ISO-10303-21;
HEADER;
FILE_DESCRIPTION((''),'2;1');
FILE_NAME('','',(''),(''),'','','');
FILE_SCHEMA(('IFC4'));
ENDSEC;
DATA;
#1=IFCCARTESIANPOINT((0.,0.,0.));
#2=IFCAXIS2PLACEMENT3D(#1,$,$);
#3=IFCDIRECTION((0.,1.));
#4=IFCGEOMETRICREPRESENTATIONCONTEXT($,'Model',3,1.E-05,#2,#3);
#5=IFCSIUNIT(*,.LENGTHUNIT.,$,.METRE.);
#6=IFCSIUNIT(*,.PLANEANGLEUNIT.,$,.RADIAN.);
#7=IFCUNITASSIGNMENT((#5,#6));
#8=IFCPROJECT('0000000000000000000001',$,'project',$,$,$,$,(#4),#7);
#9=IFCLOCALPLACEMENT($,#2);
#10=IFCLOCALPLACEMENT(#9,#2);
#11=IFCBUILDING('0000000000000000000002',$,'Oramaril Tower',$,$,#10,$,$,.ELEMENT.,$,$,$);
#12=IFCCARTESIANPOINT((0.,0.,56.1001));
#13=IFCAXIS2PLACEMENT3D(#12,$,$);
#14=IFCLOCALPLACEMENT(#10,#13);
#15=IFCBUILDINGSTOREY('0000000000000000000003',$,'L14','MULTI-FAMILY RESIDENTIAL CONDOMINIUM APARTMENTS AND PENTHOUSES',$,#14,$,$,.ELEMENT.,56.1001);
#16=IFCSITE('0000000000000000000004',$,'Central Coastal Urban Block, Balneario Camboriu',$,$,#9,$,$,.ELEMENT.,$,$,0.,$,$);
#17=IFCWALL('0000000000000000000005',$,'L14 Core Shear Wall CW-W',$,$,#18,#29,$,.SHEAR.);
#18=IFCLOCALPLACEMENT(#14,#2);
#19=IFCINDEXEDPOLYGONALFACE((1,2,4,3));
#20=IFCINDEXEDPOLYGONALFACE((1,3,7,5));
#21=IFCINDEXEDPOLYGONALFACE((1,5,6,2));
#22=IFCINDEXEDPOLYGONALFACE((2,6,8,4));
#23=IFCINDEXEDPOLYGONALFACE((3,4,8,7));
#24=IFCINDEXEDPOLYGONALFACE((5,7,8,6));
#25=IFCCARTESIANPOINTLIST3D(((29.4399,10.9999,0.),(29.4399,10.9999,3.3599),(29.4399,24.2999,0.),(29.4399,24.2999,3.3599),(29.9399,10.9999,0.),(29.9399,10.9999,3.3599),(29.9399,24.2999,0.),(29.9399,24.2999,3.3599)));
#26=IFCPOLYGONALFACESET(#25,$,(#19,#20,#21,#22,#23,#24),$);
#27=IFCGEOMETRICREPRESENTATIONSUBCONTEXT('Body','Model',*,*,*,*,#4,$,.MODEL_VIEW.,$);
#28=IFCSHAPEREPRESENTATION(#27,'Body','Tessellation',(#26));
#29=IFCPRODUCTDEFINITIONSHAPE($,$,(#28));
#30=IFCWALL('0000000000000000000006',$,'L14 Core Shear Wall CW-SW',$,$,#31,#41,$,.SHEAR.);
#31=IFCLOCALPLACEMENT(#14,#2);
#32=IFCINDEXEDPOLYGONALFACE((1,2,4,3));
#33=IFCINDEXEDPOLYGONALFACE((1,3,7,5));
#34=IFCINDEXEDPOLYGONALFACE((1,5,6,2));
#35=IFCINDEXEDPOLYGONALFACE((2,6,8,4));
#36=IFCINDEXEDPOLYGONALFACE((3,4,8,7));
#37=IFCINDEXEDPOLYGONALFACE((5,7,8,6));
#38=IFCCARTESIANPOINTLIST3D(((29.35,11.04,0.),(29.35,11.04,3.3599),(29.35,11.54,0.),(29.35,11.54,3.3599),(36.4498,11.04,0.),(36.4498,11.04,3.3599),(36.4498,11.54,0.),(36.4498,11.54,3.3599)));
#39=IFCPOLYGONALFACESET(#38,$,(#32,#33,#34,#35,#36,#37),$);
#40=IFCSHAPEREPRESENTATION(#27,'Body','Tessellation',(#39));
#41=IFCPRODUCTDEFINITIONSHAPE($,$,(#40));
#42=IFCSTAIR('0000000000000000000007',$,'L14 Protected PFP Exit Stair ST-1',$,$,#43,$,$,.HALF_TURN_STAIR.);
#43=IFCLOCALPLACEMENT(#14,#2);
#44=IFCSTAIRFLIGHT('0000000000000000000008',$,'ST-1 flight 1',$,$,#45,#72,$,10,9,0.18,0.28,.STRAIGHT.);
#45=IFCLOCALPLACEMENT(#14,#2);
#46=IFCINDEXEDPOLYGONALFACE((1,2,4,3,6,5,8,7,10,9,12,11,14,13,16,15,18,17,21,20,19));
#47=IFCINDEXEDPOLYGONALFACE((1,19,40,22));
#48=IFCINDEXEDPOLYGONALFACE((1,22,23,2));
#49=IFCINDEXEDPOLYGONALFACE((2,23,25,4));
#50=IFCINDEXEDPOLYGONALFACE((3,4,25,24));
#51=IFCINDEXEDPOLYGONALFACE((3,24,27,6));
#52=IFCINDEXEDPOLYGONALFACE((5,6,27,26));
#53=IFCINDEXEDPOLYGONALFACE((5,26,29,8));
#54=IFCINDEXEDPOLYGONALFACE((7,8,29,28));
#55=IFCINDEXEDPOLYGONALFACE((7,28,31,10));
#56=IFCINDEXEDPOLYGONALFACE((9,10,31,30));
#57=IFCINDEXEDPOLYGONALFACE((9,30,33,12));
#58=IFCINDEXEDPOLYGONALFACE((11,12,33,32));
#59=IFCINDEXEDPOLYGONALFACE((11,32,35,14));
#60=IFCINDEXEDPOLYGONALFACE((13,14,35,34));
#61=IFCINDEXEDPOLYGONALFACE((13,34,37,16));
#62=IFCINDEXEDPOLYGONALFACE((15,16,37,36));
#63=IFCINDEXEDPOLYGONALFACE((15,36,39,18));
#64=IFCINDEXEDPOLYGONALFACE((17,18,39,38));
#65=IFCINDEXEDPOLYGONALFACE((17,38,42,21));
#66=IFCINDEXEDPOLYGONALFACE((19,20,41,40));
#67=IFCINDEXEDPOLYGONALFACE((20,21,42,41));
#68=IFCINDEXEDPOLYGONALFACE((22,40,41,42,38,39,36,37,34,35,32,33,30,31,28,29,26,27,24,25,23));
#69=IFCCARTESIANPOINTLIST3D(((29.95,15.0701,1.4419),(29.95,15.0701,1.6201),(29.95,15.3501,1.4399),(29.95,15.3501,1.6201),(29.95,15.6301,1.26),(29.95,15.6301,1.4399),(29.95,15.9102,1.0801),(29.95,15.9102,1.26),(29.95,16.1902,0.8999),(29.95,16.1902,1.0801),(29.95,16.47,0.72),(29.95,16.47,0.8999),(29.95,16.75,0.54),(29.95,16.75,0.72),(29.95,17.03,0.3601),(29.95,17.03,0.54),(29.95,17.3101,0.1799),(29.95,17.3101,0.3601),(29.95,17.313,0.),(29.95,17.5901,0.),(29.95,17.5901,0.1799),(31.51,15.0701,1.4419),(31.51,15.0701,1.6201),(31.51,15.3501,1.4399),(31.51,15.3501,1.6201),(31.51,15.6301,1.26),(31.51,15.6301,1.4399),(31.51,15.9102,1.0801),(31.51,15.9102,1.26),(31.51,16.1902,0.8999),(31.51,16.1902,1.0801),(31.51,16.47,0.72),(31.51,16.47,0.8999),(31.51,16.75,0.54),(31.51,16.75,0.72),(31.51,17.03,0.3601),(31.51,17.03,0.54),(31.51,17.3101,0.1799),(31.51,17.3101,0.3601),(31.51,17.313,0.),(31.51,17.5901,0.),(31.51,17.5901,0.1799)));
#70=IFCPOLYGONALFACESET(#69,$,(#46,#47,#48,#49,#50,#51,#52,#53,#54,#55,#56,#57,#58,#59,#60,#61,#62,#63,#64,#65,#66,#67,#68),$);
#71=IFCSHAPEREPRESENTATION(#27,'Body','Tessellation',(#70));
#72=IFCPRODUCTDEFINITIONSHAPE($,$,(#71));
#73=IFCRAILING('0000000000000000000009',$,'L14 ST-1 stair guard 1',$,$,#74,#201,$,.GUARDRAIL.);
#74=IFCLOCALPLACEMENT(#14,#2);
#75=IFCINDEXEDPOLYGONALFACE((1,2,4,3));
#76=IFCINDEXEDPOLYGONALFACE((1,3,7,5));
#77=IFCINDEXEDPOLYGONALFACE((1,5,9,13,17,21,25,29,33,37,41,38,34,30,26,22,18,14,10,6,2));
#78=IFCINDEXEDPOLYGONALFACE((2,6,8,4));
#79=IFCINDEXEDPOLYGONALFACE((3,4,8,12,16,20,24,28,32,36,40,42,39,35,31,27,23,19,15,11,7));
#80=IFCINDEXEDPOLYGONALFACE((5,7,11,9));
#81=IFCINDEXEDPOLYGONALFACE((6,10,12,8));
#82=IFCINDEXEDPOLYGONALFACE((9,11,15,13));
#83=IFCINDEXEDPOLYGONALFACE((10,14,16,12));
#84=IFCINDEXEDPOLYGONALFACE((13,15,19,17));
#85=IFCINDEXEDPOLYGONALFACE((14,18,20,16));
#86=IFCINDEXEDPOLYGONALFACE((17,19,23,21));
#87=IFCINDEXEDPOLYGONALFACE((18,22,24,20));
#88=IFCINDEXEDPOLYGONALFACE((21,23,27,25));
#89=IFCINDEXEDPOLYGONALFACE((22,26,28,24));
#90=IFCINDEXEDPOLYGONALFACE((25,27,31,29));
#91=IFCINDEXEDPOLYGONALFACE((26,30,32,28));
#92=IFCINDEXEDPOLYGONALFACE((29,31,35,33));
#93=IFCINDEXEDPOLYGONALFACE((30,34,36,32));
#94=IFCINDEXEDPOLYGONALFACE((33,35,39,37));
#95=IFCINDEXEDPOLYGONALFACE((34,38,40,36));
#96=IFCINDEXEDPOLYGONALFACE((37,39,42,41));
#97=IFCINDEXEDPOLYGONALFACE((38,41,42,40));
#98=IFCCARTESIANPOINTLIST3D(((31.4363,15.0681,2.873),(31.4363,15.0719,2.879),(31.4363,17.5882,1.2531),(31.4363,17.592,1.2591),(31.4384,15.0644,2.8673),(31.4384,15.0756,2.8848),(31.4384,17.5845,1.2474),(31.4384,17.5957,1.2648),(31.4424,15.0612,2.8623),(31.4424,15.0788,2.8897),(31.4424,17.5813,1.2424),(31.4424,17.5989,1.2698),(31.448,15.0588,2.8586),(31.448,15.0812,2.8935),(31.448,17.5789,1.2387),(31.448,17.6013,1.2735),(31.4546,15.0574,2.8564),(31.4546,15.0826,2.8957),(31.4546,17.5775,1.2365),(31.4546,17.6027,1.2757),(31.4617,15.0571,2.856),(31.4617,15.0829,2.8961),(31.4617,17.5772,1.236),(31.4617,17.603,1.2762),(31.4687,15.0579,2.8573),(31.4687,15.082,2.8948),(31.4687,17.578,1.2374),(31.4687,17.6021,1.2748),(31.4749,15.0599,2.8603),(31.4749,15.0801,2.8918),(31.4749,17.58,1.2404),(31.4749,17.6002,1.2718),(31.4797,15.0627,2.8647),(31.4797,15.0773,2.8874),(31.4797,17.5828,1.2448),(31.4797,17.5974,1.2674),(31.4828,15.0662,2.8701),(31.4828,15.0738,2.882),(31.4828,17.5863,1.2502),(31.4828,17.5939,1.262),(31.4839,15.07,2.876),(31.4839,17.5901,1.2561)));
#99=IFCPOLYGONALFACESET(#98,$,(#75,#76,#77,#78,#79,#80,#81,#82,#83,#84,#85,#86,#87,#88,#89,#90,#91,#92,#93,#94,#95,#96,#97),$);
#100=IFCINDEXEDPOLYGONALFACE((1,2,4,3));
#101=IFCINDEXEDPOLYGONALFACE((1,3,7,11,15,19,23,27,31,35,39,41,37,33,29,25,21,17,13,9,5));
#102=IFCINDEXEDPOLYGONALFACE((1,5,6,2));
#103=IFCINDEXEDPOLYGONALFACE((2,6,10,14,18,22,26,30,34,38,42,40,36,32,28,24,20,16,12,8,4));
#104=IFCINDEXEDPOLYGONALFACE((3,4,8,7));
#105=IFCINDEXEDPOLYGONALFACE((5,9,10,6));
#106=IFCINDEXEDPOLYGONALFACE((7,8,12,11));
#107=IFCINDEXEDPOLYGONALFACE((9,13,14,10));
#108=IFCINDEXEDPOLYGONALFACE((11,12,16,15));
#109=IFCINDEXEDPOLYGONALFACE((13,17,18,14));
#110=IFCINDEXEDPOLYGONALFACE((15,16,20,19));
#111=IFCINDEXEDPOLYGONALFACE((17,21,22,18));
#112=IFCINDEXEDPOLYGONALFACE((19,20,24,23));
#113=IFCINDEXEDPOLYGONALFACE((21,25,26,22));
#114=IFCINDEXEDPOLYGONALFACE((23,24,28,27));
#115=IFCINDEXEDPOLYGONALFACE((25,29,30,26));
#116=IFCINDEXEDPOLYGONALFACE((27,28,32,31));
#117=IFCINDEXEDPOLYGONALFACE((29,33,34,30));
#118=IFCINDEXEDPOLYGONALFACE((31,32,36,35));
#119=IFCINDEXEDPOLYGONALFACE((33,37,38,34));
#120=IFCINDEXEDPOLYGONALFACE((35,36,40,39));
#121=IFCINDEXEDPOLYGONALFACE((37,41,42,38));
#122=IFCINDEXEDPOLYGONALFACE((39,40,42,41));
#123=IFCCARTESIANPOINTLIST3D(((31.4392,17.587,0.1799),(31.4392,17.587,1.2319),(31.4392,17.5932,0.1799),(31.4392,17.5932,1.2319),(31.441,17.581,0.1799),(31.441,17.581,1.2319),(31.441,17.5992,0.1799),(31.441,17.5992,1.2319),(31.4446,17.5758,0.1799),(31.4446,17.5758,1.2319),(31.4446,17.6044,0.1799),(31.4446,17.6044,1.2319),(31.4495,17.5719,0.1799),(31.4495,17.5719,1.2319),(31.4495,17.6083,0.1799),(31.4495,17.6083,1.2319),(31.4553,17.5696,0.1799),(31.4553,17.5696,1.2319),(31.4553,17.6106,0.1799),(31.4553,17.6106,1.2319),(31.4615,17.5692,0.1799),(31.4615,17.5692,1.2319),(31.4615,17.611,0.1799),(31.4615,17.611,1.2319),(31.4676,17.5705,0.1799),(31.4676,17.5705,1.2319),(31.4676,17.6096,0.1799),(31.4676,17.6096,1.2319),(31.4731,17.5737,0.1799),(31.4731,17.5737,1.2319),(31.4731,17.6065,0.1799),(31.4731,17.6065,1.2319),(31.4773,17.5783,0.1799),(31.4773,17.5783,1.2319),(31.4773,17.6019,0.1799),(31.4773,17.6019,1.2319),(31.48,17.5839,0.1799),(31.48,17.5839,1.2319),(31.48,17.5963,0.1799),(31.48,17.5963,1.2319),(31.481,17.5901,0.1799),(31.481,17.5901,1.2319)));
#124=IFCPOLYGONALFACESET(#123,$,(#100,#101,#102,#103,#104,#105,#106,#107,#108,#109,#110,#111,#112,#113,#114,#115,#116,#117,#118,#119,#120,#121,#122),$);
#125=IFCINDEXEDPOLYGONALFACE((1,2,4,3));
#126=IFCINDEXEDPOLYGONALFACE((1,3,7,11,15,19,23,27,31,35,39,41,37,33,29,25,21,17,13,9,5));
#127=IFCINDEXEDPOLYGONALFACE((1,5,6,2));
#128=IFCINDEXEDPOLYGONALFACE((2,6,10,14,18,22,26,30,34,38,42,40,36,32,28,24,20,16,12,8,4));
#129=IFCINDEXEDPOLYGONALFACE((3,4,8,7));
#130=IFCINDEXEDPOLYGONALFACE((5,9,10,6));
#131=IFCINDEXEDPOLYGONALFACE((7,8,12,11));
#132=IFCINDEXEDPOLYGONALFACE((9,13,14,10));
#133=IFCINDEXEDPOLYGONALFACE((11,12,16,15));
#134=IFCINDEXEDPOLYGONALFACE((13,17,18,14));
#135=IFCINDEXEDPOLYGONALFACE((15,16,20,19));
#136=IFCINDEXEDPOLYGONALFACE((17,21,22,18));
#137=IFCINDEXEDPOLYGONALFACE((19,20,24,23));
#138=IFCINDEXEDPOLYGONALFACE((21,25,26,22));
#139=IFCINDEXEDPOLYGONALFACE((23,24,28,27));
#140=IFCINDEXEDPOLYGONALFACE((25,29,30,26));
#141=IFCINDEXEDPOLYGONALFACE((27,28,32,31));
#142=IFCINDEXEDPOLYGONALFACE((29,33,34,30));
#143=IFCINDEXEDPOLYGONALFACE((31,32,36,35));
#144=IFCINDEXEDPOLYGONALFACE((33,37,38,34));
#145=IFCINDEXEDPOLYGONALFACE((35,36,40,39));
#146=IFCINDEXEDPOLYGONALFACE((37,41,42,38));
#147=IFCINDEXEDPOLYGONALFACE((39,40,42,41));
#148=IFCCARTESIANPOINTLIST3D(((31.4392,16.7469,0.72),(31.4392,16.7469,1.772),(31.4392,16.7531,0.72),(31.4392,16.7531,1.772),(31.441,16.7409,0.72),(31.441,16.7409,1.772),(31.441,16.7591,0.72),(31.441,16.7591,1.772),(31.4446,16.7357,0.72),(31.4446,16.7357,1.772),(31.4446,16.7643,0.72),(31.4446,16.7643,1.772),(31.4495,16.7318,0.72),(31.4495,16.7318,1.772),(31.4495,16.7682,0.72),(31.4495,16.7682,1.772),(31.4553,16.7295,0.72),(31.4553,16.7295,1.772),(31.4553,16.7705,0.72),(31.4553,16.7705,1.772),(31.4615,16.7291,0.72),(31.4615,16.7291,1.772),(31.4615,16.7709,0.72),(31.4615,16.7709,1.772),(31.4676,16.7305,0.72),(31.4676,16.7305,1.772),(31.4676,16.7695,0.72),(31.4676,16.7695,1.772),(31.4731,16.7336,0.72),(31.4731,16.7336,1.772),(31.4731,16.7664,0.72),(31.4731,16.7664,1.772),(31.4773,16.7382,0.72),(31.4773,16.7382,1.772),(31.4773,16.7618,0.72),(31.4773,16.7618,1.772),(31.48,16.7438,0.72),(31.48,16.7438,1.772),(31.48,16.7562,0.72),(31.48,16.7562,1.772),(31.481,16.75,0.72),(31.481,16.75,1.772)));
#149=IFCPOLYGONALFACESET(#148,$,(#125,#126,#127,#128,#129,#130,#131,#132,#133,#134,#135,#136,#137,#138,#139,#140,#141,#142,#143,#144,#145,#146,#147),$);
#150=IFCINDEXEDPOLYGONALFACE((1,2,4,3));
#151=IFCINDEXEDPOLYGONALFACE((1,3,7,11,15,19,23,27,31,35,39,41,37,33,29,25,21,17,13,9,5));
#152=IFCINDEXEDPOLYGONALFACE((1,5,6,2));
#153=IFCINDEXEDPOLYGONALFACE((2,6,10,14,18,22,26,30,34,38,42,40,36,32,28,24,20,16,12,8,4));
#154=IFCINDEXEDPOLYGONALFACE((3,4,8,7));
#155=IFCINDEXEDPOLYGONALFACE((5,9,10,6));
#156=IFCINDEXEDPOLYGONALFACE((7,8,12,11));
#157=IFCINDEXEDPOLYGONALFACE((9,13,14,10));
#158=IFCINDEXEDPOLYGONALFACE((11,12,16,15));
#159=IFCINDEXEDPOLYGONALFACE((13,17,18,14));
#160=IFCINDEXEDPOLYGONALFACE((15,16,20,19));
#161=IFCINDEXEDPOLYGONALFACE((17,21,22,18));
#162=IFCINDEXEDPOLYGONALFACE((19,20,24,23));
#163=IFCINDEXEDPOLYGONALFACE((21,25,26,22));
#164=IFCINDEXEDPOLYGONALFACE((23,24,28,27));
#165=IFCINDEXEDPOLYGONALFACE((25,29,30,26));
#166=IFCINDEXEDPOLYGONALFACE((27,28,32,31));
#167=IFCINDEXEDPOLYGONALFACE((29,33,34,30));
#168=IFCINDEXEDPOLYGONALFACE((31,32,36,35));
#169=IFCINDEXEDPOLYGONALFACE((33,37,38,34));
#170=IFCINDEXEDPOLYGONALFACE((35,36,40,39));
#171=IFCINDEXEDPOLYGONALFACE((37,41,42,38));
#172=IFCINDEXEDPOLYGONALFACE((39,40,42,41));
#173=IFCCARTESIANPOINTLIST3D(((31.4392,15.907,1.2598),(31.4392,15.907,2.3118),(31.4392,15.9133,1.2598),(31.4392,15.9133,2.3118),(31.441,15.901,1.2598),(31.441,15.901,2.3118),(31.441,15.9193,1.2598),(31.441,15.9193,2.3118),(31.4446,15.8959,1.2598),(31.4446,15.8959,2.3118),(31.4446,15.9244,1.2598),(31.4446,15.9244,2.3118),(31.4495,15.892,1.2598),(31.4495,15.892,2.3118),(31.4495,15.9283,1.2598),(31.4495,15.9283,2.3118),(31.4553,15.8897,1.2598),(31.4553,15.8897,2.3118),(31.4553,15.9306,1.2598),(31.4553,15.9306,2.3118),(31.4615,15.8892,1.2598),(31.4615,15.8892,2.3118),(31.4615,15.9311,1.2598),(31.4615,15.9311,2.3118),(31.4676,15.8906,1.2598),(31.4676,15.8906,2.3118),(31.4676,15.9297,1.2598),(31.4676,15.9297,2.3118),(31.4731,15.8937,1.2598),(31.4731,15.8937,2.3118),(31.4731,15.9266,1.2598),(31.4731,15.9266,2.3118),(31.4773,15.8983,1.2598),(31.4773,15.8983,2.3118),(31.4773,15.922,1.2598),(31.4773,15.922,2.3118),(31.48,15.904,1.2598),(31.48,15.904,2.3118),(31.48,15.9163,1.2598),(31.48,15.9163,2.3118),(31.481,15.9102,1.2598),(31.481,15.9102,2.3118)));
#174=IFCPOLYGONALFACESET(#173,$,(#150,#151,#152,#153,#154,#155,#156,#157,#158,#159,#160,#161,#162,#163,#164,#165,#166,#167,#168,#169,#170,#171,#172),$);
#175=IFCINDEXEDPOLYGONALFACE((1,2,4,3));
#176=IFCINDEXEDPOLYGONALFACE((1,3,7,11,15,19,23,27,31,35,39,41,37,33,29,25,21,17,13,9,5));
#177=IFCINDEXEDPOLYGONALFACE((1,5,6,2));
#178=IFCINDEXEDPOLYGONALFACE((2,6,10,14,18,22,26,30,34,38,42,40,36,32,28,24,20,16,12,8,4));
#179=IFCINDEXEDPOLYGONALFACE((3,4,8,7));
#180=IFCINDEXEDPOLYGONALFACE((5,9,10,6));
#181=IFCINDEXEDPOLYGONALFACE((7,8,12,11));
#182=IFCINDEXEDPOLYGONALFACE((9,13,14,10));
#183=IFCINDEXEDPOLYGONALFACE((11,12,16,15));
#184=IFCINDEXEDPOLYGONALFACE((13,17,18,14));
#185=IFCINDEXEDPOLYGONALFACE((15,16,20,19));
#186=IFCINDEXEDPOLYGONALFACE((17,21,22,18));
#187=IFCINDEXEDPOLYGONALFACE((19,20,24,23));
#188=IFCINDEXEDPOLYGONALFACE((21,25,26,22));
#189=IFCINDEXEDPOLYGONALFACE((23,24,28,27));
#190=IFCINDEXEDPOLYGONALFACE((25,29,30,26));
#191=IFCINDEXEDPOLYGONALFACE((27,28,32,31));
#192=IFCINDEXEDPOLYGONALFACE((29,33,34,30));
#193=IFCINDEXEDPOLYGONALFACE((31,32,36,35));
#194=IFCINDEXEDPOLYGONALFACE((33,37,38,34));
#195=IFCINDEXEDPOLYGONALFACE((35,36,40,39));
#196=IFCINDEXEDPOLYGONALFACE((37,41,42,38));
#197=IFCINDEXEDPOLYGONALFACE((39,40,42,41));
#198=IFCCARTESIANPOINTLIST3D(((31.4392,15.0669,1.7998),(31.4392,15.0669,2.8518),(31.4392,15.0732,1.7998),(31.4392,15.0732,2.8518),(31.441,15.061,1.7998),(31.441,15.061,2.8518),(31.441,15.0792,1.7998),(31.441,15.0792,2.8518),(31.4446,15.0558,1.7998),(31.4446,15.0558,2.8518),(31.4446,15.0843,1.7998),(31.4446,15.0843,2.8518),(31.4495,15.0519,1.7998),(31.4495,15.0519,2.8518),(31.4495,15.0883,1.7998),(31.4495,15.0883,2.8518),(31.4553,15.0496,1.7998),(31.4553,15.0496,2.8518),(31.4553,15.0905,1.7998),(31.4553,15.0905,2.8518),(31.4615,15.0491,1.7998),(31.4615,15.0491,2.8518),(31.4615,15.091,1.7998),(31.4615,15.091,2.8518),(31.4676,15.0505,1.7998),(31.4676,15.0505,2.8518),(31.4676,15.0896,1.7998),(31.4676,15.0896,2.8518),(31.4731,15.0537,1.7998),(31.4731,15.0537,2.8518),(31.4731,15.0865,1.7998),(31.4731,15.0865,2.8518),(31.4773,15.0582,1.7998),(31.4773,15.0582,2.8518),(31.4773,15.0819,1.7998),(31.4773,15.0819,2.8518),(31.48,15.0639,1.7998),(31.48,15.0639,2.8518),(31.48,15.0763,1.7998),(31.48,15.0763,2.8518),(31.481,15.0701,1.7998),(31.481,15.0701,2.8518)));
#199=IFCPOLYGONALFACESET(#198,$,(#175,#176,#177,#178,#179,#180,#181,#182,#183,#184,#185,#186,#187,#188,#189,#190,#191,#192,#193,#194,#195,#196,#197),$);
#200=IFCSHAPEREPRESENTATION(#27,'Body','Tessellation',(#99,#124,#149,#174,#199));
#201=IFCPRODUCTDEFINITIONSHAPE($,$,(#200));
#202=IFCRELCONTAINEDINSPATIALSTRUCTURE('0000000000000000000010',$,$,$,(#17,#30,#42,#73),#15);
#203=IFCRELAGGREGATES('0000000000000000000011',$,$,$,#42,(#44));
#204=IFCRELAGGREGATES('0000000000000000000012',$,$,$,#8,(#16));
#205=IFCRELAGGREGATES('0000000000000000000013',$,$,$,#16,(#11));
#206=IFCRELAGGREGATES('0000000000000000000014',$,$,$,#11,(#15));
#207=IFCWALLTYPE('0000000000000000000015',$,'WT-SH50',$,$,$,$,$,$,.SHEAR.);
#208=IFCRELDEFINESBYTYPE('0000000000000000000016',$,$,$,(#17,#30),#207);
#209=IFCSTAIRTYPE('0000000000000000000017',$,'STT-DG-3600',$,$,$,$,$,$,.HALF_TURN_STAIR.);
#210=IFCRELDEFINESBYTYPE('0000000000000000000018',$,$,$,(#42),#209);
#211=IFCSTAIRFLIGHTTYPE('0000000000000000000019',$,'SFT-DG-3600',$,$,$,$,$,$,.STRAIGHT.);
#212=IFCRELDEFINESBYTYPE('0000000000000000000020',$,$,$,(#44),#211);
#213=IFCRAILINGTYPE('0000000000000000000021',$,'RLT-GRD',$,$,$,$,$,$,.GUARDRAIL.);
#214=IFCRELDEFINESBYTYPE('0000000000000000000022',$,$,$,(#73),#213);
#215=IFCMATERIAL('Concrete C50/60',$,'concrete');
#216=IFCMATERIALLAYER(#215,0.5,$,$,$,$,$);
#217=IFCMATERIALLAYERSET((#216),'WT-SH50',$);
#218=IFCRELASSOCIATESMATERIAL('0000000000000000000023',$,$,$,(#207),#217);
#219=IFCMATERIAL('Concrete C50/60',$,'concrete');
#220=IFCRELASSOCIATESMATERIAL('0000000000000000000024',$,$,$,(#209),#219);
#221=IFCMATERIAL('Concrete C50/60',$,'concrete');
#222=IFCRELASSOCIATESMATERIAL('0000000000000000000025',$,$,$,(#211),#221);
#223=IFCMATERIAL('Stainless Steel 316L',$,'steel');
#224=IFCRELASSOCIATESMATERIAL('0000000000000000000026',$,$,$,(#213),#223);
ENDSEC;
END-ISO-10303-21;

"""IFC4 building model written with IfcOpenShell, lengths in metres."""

from ifc_helpers import new_model, si_unit, direction, frame, frame_2d, origin, origin_2d, place, context, subcontext, project, spatial, polyline, rectangle, circle, outline, extrude, material, layer, layer_set, type_object, element, aggregate, save


model = new_model("IFC4")

# Units and contexts
model_context = context("Model", 3, precision=1e-05, world=origin(), true_north=direction((0.0, 1.0)))
body_context = subcontext(model_context, "Body", "Model", "MODEL_VIEW")
ifc_project = project(units=[si_unit("LENGTHUNIT", "METRE"), si_unit("PLANEANGLEUNIT", "RADIAN")], contexts=[model_context])

# Site, building, storey
site_placement = place(None, origin())
site = spatial("IfcSite", under=ifc_project, at=site_placement, Name="Central Coastal Urban Block, Balneario Camboriu", CompositionType="ELEMENT", RefElevation=0.0)
building_placement = place(site_placement, origin())
building = spatial("IfcBuilding", under=site, at=building_placement, Name="Oramaril Tower", CompositionType="ELEMENT")
storey_placement = place(building_placement, frame((0.0, 0.0, 56.1001)))
storey = spatial("IfcBuildingStorey", under=building, at=storey_placement, Name="L14", Description="MULTI-FAMILY RESIDENTIAL CONDOMINIUM APARTMENTS AND PENTHOUSES", CompositionType="ELEMENT", Elevation=56.1001)

# Walls
ifc_material_1 = material(Name="Concrete C50/60", Category="concrete")
ifc_layer_1 = layer(ifc_material_1, 0.5)
ifc_layer_set_1 = layer_set([ifc_layer_1], Name="WT-SH50")
wall_type_1 = type_object("IfcWallType", Name="WT-SH50", PredefinedType="SHEAR", material=ifc_layer_set_1)
wall_1_placement = place(storey_placement, frame((29.6899, 11.0, 0.0), z_axis=(0.0, 0.0, 1.0), x_axis=(0.0, 1.0, 0.0)))
element("IfcWall", 1, at=wall_1_placement, inside=storey, type_object=wall_type_1, Name="L14 Core Shear Wall CW-W", PredefinedType="SHEAR", context=body_context, shape_type="SweptSolid", body=[
    extrude(rectangle(XDim=13.3, YDim=0.5, at=frame_2d((6.6499, 0.0))), origin(), (0.0, 0.0, 1.0), 3.3599),
])
wall_2_placement = place(storey_placement, frame((29.3501, 11.29, 0.0), z_axis=(0.0, 0.0, 1.0), x_axis=(1.0, 0.0, 0.0)))
element("IfcWall", 2, at=wall_2_placement, inside=storey, type_object=wall_type_1, Name="L14 Core Shear Wall CW-SW", PredefinedType="SHEAR", context=body_context, shape_type="SweptSolid", body=[
    extrude(rectangle(XDim=7.0999, YDim=0.5, at=frame_2d((3.5498, 0.0))), origin(), (0.0, 0.0, 1.0), 3.3599),
])

# Stair, stair flight
ifc_material_2 = material(Name="Concrete C50/60", Category="concrete")
stair_type = type_object("IfcStairType", Name="STT-DG-3600", PredefinedType="HALF_TURN_STAIR", material=ifc_material_2)
stair_placement = place(storey_placement, origin())
stair = element("IfcStair", 3, at=stair_placement, inside=storey, type_object=stair_type, Name="L14 Protected PFP Exit Stair ST-1", PredefinedType="HALF_TURN_STAIR")
ifc_material_3 = material(Name="Concrete C50/60", Category="concrete")
stair_flight_type = type_object("IfcStairFlightType", Name="SFT-DG-3600", PredefinedType="STRAIGHT", material=ifc_material_3)
stair_flight_placement = place(storey_placement, frame((30.73, 17.5901, 0.0), z_axis=(0.0, 0.0, 1.0), x_axis=(0.0, -1.0, 0.0)))
stair_flight = element("IfcStairFlight", 4, at=stair_flight_placement, type_object=stair_flight_type, Name="ST-1 flight 1", NumberOfRisers=10, NumberOfTreads=9, PredefinedType="STRAIGHT", RiserHeight=0.18, TreadLength=0.28, context=body_context, shape_type="SweptSolid", body=[
    extrude(outline(polyline([(0.0, 0.0), (0.0, 0.1799), (0.28, 0.1799), (0.28, 0.3601), (0.5601, 0.3601), (0.5601, 0.54), (0.8401, 0.54), (0.8401, 0.72), (1.1201, 0.72), (1.1201, 0.8999), (1.3999, 0.8999), (1.3999, 1.0801), (1.6799, 1.0801), (1.6799, 1.26), (1.96, 1.26), (1.96, 1.4399), (2.24, 1.4399), (2.24, 1.6201), (2.52, 1.6201), (2.52, 1.8), (2.52, 1.4419), (0.2771, 0.0), (0.0, 0.0)])), frame((0.0, 0.78, 0.0), z_axis=(0.0, -1.0, 0.0), x_axis=(1.0, 0.0, 0.0)), (0.0, 0.0, 1.0), 1.5601),
])
aggregate(stair, [stair_flight])

# Railing
ifc_material_4 = material(Name="Stainless Steel 316L", Category="steel")
railing_type_1 = type_object("IfcRailingType", Name="RLT-GRD", PredefinedType="GUARDRAIL", material=ifc_material_4)
railing_1_placement = place(storey_placement, frame((31.46, 17.5901, 0.1799)))
element("IfcRailing", 5, at=railing_1_placement, inside=storey, type_object=railing_type_1, Name="L14 ST-1 stair guard 1", PredefinedType="GUARDRAIL", context=body_context, shape_type="SweptSolid", body=[
    extrude(circle(Radius=0.0239, at=origin_2d()), frame((0.0, 0.0, 1.0762), z_axis=(0.0, -0.8412, 0.540725), x_axis=(1.0, 0.0, 0.0)), (0.0, 0.0, 1.0), 2.9958),
    extrude(circle(Radius=0.021, at=origin_2d()), origin(), (0.0, 0.0, 1.0), 1.052),
    extrude(circle(Radius=0.021, at=origin_2d()), frame((0.0, -0.8401, 0.54)), (0.0, 0.0, 1.0), 1.052),
    extrude(circle(Radius=0.021, at=origin_2d()), frame((0.0, -1.6799, 1.0798)), (0.0, 0.0, 1.0), 1.052),
    extrude(circle(Radius=0.021, at=origin_2d()), frame((0.0, -2.52, 1.6199)), (0.0, 0.0, 1.0), 1.052),
])

save(model, "model.ifc")
